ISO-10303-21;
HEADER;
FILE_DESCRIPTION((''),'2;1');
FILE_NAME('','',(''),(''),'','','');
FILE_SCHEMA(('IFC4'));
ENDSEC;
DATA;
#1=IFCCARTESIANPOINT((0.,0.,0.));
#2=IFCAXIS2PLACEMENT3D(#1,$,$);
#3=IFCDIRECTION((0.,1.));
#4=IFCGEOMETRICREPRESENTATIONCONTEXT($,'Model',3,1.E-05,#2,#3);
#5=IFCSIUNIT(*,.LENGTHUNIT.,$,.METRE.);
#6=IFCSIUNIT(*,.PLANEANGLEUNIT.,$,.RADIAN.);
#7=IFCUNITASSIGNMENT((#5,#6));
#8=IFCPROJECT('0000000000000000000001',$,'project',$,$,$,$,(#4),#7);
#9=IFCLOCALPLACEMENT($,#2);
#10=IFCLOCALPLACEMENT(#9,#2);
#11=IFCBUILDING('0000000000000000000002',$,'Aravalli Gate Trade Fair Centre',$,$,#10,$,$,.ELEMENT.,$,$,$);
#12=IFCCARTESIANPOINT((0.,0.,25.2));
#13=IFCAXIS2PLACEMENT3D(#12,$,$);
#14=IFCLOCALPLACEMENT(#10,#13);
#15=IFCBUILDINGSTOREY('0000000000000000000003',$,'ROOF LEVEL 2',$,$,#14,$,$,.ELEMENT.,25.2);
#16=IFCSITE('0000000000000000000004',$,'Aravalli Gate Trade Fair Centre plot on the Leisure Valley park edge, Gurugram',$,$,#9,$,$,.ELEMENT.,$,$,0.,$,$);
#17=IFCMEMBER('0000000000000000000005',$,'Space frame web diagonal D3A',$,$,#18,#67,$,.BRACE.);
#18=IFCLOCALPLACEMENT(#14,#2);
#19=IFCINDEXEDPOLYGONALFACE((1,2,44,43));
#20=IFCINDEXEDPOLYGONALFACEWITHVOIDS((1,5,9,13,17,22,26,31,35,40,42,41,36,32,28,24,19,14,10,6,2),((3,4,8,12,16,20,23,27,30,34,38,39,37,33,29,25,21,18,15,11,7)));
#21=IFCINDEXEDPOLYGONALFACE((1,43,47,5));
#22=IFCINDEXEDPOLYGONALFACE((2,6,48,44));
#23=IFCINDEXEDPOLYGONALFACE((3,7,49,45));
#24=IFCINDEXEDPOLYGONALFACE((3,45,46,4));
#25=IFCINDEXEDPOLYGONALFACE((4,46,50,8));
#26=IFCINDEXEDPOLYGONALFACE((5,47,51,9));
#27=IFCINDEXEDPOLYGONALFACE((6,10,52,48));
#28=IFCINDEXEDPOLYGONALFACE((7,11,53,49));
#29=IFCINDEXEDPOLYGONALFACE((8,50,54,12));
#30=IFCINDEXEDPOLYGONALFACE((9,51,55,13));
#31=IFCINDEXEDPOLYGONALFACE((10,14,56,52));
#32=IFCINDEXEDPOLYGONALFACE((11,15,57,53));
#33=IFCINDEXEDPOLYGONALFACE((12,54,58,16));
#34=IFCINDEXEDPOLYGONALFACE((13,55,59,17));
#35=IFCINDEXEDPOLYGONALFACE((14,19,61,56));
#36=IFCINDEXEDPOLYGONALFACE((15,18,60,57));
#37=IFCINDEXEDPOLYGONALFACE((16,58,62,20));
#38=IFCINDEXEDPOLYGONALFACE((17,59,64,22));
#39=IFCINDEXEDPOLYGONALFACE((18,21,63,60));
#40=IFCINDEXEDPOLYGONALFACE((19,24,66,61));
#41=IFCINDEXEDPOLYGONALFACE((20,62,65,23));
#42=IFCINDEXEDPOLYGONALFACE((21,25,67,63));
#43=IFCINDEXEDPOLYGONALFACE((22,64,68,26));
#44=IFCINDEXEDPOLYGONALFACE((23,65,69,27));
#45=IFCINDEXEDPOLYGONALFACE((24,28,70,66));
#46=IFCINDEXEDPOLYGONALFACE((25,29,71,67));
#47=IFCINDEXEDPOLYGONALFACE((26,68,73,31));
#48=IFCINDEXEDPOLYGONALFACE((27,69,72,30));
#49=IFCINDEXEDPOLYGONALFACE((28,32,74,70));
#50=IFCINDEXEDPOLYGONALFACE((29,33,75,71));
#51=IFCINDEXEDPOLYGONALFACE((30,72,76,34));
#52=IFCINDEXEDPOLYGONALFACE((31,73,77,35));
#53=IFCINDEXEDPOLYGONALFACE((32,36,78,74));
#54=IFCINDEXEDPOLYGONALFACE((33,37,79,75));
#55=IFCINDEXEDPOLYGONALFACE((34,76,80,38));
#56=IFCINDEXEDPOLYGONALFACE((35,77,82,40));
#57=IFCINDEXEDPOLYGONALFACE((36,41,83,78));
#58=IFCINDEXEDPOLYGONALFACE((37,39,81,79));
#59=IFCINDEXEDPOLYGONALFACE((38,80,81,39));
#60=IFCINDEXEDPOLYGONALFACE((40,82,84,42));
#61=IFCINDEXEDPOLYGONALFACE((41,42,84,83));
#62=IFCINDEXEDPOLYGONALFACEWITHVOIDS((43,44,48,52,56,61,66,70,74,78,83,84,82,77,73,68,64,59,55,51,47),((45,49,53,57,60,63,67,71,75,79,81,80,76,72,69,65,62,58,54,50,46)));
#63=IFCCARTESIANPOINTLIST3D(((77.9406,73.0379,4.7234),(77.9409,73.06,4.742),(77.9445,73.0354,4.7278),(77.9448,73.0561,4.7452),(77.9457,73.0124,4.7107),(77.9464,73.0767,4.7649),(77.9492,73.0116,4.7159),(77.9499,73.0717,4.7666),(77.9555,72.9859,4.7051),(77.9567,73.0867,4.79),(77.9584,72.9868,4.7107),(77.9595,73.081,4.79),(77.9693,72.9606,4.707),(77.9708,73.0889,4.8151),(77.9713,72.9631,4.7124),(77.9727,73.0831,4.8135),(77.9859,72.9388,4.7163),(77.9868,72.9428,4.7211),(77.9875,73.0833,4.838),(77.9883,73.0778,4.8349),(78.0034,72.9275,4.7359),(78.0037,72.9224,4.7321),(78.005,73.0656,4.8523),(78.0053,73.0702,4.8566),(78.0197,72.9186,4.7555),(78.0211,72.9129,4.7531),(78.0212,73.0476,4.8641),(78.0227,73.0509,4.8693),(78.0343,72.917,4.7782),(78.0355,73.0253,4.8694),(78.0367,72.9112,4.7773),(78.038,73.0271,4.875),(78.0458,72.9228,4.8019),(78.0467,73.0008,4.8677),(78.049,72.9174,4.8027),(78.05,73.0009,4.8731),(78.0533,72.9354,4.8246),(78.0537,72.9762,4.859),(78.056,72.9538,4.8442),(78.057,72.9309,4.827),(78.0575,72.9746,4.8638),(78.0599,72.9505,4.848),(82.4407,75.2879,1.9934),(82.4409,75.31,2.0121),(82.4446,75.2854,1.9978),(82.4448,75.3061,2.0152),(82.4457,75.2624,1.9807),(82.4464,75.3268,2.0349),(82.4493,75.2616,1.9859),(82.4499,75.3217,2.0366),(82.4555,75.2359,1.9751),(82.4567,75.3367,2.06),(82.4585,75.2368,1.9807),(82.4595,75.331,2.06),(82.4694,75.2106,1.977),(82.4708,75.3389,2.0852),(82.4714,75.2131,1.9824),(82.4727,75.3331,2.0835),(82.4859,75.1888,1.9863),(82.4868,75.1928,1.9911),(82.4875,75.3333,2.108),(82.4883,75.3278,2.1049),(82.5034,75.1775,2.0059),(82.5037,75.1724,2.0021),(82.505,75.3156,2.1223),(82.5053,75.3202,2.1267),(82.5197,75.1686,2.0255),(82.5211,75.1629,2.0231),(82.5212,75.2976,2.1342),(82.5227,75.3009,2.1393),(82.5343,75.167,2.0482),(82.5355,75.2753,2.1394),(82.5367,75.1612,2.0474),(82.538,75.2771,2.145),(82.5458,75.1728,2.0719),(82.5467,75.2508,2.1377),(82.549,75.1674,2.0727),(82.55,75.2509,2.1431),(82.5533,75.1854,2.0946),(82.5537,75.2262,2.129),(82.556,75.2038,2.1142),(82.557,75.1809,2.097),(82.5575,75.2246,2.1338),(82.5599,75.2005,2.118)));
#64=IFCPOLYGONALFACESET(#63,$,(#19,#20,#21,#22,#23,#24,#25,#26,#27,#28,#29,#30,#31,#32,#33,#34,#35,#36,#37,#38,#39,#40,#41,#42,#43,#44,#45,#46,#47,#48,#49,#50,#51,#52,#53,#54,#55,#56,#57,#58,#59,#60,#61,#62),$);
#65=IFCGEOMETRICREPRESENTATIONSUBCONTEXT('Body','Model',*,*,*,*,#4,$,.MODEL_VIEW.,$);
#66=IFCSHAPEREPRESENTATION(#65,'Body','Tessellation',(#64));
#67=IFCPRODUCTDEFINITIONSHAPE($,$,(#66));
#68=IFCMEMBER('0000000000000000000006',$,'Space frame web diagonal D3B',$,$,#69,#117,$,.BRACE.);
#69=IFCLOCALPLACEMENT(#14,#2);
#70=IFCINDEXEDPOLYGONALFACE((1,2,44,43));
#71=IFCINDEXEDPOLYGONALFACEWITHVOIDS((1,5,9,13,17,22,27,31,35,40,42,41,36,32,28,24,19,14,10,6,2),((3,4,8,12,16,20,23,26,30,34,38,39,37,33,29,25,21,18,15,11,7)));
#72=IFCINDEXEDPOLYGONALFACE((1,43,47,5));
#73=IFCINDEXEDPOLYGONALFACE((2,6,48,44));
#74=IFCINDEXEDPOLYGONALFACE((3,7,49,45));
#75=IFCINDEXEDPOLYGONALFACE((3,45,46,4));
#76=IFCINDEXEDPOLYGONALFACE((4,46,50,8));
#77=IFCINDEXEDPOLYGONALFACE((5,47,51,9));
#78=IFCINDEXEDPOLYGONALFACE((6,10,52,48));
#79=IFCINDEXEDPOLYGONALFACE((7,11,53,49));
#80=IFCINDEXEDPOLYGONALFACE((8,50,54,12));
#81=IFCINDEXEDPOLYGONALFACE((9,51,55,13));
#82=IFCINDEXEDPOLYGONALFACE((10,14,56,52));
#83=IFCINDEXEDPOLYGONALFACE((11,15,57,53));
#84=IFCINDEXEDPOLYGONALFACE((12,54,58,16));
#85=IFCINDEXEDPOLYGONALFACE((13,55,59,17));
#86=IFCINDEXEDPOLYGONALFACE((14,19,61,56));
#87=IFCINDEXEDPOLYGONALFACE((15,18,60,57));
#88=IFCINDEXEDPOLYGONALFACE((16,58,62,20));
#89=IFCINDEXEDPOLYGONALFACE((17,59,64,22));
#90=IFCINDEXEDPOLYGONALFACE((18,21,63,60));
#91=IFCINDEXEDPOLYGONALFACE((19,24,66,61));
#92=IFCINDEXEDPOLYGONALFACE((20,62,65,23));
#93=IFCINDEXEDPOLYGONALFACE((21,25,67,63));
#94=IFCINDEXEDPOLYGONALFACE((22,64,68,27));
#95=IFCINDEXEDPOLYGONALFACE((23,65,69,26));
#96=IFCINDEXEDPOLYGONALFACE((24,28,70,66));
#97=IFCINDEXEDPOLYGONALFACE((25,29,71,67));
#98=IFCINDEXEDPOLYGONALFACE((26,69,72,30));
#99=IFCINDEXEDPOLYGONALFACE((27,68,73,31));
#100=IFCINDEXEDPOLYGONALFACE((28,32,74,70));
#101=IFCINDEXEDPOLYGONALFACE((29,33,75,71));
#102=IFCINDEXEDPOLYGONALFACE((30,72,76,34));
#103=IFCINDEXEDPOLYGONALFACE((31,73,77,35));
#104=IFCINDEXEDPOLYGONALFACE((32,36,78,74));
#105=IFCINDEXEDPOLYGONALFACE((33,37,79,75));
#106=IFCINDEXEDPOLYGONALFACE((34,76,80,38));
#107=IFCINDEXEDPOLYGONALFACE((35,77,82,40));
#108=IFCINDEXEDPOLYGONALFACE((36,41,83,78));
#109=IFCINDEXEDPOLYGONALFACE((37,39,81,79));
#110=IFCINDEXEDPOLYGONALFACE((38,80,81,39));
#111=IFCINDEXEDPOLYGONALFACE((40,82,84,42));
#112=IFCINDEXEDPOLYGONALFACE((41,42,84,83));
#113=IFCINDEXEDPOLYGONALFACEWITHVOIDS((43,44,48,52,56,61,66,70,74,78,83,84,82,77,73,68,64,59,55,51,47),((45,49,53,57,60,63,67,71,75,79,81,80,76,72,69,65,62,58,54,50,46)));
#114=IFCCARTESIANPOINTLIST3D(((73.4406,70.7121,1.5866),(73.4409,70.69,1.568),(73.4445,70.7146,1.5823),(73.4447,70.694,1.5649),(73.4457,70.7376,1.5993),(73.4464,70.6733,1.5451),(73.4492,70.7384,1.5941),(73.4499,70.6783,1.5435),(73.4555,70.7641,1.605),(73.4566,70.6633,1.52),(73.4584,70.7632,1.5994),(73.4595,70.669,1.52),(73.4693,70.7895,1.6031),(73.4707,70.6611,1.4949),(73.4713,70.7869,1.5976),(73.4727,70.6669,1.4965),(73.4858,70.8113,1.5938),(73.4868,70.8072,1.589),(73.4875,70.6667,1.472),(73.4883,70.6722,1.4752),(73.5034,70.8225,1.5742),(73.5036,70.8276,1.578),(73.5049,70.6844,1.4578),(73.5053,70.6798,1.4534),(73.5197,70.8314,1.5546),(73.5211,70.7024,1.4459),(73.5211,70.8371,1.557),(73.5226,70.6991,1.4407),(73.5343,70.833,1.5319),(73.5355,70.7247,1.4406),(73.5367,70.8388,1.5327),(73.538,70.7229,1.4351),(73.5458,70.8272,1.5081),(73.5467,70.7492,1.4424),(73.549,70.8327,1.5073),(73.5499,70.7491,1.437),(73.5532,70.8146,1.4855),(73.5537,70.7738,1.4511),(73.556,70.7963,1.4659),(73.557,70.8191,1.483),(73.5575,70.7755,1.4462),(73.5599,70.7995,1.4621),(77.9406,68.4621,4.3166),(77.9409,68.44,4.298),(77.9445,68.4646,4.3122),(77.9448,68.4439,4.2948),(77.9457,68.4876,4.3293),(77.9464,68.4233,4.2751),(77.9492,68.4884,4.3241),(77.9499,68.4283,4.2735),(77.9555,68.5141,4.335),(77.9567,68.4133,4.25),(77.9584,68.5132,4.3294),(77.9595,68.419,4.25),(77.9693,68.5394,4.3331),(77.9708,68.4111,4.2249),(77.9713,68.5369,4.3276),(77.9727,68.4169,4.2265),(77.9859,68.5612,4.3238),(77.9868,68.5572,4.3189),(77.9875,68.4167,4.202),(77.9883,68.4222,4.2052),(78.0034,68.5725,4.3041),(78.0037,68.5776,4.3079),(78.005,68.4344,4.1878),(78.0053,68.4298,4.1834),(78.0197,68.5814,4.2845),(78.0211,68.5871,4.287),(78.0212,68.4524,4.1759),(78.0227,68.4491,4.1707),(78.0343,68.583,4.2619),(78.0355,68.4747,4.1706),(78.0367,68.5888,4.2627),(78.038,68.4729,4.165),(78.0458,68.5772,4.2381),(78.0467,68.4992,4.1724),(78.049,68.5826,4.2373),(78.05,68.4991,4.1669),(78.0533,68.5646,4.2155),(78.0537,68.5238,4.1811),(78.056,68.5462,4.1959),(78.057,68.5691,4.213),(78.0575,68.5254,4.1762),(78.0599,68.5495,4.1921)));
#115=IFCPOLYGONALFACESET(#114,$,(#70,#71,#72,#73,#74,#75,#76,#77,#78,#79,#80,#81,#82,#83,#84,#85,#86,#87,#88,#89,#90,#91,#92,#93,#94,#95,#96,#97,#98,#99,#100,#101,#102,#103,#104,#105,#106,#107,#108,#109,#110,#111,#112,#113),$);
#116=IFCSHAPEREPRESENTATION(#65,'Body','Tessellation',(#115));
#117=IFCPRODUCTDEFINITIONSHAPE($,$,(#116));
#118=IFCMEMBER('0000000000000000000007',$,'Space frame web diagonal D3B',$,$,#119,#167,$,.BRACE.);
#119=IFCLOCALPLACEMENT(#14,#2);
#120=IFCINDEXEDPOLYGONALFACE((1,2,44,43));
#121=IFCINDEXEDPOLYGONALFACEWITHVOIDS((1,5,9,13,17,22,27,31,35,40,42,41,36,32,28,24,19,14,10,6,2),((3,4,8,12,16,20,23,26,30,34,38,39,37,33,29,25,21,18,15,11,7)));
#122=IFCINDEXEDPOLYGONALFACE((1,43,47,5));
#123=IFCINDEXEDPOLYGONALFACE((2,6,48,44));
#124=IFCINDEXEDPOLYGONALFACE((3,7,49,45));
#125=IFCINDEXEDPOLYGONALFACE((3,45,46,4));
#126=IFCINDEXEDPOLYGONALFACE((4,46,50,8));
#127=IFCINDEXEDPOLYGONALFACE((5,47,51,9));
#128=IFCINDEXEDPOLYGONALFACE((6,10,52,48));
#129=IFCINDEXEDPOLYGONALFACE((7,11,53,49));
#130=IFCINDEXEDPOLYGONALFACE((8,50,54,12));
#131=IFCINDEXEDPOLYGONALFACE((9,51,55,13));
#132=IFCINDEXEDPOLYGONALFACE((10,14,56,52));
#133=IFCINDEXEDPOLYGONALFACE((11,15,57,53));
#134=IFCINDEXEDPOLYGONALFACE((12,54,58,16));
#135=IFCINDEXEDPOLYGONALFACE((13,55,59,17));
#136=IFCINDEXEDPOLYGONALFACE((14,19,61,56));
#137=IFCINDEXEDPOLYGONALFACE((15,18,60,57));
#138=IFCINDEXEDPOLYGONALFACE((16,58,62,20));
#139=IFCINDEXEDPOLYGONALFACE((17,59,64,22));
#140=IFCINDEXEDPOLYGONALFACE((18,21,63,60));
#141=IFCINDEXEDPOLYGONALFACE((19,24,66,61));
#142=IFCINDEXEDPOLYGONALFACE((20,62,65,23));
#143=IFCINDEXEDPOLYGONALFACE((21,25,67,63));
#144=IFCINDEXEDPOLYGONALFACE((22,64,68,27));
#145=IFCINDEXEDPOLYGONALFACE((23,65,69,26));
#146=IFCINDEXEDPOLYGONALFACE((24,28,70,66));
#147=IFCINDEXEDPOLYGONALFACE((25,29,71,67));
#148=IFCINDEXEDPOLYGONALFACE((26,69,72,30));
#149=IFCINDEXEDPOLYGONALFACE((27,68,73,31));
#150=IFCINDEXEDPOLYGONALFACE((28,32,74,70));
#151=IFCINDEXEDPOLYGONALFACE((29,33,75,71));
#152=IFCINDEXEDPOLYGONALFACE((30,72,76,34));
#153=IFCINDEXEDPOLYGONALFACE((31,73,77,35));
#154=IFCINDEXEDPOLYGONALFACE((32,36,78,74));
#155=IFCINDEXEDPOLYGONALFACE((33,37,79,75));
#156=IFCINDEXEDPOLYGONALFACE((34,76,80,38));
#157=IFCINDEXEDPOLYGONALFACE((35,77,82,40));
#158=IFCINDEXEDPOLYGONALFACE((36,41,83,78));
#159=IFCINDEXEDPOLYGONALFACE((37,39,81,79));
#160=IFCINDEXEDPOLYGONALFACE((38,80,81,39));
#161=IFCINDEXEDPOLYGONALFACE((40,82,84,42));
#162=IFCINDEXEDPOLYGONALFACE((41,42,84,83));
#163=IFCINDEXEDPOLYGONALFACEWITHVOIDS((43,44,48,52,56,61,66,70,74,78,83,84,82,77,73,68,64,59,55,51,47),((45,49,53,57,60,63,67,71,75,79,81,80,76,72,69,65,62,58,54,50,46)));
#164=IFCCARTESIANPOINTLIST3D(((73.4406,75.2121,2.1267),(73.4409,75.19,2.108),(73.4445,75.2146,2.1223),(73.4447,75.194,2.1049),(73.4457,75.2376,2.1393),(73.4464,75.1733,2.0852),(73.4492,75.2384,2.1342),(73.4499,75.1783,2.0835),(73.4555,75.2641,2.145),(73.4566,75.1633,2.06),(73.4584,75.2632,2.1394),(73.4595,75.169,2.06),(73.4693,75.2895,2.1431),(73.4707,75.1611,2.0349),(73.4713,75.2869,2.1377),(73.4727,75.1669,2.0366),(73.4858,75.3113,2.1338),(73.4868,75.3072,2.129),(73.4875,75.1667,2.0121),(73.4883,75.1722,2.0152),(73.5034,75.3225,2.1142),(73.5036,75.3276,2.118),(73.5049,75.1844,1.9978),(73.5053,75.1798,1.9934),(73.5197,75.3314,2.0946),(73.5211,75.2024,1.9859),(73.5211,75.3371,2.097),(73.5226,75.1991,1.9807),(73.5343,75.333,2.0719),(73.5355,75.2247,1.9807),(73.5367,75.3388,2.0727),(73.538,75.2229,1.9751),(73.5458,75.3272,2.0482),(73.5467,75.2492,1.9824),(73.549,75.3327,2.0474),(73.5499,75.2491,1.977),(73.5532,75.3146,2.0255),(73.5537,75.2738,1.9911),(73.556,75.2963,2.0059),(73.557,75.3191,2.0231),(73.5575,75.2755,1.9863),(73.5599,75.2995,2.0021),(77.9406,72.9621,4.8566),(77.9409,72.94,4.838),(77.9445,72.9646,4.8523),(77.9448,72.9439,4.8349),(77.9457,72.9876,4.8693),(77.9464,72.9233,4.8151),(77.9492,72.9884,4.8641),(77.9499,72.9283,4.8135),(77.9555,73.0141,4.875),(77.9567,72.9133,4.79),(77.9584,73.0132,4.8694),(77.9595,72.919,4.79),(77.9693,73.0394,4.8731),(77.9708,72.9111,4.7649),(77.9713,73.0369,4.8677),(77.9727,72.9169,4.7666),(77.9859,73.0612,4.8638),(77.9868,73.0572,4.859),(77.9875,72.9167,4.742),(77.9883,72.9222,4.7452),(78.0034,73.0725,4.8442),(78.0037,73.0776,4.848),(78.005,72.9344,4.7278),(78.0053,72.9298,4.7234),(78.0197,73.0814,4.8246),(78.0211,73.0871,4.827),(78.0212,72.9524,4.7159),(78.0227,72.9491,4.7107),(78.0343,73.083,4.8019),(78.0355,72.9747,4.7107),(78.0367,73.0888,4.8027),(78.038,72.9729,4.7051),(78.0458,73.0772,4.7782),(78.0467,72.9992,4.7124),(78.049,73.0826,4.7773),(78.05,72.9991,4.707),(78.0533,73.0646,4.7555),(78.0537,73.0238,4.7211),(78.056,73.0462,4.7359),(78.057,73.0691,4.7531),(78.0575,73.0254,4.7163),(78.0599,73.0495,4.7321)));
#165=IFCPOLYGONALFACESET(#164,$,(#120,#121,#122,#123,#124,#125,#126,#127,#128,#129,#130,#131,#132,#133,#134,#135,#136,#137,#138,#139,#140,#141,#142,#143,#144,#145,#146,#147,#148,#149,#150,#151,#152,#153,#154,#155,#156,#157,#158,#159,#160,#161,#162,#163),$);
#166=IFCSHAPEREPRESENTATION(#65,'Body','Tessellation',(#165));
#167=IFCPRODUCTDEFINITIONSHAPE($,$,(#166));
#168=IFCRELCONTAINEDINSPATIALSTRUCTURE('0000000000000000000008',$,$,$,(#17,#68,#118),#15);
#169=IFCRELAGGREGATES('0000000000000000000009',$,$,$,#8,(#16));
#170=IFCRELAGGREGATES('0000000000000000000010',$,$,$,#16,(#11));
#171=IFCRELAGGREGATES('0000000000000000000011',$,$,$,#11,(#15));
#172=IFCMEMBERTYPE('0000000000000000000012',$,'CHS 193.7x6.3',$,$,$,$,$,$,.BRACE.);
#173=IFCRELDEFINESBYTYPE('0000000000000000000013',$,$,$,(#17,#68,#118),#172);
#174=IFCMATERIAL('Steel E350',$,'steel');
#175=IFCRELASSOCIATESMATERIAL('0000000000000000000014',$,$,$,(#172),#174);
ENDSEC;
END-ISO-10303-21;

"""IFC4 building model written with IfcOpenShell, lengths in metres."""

from ifc_helpers import new_model, si_unit, direction, frame, origin, origin_2d, place, context, subcontext, project, spatial, hollow_circle, extrude, material, material_profile, profile_set, type_object, element, save


model = new_model("IFC4")

# Units and contexts
model_context = context("Model", 3, precision=1e-05, world=origin(), true_north=direction((0.0, 1.0)))
body_context = subcontext(model_context, "Body", "Model", "MODEL_VIEW")
ifc_project = project(units=[si_unit("LENGTHUNIT", "METRE"), si_unit("PLANEANGLEUNIT", "RADIAN")], contexts=[model_context])

# Site, building, storey
site_placement = place(None, origin())
site = spatial("IfcSite", under=ifc_project, at=site_placement, Name="Aravalli Gate Trade Fair Centre plot on the Leisure Valley park edge, Gurugram", CompositionType="ELEMENT", RefElevation=0.0)
building_placement = place(site_placement, origin())
building = spatial("IfcBuilding", under=site, at=building_placement, Name="Aravalli Gate Trade Fair Centre", CompositionType="ELEMENT")
storey_placement = place(building_placement, frame((0.0, 0.0, 25.2)))
storey = spatial("IfcBuildingStorey", under=building, at=storey_placement, Name="ROOF LEVEL 2", CompositionType="ELEMENT", Elevation=25.2)

# Members
ifc_material_1 = material(Name="Steel E350", Category="steel")
ifc_material_profile_1 = material_profile(ifc_material_1, hollow_circle(Radius=0.0969, WallThickness=0.0063, at=origin_2d()), Name="CHS 193.7x6.3")
ifc_profile_set_1 = profile_set([ifc_material_profile_1], Name="Steel E350")
member_type_1 = type_object("IfcMemberType", Name="CHS 193.7x6.3", PredefinedType="BRACE", material=ifc_profile_set_1)
for number, where, z_axis, x_axis, name in (
    (1, (78.0, 73.0, 4.79), (0.78615, 0.393075, -0.476928), (-0.447214, 0.894427, 0.0), "Space frame web diagonal D3A"),
    (2, (78.0, 68.5, 4.25), (-0.78615, 0.393075, -0.476928), (-0.447214, -0.894427, 0.0), "Space frame web diagonal D3B"),
    (3, (78.0, 73.0, 4.79), (-0.78615, 0.393075, -0.476928), (-0.447214, -0.894427, 0.0), "Space frame web diagonal D3B"),
):
    element("IfcMember", number, at=place(storey_placement, frame(where, z_axis=z_axis, x_axis=x_axis)), inside=storey, type_object=member_type_1, Name=name, PredefinedType="BRACE", context=body_context, shape_type="SweptSolid", body=[
        extrude(hollow_circle(Radius=0.0969, WallThickness=0.0063, at=origin_2d()), origin(), (0.0, 0.0, 1.0), 5.7241),
    ])

save(model, "model.ifc")
